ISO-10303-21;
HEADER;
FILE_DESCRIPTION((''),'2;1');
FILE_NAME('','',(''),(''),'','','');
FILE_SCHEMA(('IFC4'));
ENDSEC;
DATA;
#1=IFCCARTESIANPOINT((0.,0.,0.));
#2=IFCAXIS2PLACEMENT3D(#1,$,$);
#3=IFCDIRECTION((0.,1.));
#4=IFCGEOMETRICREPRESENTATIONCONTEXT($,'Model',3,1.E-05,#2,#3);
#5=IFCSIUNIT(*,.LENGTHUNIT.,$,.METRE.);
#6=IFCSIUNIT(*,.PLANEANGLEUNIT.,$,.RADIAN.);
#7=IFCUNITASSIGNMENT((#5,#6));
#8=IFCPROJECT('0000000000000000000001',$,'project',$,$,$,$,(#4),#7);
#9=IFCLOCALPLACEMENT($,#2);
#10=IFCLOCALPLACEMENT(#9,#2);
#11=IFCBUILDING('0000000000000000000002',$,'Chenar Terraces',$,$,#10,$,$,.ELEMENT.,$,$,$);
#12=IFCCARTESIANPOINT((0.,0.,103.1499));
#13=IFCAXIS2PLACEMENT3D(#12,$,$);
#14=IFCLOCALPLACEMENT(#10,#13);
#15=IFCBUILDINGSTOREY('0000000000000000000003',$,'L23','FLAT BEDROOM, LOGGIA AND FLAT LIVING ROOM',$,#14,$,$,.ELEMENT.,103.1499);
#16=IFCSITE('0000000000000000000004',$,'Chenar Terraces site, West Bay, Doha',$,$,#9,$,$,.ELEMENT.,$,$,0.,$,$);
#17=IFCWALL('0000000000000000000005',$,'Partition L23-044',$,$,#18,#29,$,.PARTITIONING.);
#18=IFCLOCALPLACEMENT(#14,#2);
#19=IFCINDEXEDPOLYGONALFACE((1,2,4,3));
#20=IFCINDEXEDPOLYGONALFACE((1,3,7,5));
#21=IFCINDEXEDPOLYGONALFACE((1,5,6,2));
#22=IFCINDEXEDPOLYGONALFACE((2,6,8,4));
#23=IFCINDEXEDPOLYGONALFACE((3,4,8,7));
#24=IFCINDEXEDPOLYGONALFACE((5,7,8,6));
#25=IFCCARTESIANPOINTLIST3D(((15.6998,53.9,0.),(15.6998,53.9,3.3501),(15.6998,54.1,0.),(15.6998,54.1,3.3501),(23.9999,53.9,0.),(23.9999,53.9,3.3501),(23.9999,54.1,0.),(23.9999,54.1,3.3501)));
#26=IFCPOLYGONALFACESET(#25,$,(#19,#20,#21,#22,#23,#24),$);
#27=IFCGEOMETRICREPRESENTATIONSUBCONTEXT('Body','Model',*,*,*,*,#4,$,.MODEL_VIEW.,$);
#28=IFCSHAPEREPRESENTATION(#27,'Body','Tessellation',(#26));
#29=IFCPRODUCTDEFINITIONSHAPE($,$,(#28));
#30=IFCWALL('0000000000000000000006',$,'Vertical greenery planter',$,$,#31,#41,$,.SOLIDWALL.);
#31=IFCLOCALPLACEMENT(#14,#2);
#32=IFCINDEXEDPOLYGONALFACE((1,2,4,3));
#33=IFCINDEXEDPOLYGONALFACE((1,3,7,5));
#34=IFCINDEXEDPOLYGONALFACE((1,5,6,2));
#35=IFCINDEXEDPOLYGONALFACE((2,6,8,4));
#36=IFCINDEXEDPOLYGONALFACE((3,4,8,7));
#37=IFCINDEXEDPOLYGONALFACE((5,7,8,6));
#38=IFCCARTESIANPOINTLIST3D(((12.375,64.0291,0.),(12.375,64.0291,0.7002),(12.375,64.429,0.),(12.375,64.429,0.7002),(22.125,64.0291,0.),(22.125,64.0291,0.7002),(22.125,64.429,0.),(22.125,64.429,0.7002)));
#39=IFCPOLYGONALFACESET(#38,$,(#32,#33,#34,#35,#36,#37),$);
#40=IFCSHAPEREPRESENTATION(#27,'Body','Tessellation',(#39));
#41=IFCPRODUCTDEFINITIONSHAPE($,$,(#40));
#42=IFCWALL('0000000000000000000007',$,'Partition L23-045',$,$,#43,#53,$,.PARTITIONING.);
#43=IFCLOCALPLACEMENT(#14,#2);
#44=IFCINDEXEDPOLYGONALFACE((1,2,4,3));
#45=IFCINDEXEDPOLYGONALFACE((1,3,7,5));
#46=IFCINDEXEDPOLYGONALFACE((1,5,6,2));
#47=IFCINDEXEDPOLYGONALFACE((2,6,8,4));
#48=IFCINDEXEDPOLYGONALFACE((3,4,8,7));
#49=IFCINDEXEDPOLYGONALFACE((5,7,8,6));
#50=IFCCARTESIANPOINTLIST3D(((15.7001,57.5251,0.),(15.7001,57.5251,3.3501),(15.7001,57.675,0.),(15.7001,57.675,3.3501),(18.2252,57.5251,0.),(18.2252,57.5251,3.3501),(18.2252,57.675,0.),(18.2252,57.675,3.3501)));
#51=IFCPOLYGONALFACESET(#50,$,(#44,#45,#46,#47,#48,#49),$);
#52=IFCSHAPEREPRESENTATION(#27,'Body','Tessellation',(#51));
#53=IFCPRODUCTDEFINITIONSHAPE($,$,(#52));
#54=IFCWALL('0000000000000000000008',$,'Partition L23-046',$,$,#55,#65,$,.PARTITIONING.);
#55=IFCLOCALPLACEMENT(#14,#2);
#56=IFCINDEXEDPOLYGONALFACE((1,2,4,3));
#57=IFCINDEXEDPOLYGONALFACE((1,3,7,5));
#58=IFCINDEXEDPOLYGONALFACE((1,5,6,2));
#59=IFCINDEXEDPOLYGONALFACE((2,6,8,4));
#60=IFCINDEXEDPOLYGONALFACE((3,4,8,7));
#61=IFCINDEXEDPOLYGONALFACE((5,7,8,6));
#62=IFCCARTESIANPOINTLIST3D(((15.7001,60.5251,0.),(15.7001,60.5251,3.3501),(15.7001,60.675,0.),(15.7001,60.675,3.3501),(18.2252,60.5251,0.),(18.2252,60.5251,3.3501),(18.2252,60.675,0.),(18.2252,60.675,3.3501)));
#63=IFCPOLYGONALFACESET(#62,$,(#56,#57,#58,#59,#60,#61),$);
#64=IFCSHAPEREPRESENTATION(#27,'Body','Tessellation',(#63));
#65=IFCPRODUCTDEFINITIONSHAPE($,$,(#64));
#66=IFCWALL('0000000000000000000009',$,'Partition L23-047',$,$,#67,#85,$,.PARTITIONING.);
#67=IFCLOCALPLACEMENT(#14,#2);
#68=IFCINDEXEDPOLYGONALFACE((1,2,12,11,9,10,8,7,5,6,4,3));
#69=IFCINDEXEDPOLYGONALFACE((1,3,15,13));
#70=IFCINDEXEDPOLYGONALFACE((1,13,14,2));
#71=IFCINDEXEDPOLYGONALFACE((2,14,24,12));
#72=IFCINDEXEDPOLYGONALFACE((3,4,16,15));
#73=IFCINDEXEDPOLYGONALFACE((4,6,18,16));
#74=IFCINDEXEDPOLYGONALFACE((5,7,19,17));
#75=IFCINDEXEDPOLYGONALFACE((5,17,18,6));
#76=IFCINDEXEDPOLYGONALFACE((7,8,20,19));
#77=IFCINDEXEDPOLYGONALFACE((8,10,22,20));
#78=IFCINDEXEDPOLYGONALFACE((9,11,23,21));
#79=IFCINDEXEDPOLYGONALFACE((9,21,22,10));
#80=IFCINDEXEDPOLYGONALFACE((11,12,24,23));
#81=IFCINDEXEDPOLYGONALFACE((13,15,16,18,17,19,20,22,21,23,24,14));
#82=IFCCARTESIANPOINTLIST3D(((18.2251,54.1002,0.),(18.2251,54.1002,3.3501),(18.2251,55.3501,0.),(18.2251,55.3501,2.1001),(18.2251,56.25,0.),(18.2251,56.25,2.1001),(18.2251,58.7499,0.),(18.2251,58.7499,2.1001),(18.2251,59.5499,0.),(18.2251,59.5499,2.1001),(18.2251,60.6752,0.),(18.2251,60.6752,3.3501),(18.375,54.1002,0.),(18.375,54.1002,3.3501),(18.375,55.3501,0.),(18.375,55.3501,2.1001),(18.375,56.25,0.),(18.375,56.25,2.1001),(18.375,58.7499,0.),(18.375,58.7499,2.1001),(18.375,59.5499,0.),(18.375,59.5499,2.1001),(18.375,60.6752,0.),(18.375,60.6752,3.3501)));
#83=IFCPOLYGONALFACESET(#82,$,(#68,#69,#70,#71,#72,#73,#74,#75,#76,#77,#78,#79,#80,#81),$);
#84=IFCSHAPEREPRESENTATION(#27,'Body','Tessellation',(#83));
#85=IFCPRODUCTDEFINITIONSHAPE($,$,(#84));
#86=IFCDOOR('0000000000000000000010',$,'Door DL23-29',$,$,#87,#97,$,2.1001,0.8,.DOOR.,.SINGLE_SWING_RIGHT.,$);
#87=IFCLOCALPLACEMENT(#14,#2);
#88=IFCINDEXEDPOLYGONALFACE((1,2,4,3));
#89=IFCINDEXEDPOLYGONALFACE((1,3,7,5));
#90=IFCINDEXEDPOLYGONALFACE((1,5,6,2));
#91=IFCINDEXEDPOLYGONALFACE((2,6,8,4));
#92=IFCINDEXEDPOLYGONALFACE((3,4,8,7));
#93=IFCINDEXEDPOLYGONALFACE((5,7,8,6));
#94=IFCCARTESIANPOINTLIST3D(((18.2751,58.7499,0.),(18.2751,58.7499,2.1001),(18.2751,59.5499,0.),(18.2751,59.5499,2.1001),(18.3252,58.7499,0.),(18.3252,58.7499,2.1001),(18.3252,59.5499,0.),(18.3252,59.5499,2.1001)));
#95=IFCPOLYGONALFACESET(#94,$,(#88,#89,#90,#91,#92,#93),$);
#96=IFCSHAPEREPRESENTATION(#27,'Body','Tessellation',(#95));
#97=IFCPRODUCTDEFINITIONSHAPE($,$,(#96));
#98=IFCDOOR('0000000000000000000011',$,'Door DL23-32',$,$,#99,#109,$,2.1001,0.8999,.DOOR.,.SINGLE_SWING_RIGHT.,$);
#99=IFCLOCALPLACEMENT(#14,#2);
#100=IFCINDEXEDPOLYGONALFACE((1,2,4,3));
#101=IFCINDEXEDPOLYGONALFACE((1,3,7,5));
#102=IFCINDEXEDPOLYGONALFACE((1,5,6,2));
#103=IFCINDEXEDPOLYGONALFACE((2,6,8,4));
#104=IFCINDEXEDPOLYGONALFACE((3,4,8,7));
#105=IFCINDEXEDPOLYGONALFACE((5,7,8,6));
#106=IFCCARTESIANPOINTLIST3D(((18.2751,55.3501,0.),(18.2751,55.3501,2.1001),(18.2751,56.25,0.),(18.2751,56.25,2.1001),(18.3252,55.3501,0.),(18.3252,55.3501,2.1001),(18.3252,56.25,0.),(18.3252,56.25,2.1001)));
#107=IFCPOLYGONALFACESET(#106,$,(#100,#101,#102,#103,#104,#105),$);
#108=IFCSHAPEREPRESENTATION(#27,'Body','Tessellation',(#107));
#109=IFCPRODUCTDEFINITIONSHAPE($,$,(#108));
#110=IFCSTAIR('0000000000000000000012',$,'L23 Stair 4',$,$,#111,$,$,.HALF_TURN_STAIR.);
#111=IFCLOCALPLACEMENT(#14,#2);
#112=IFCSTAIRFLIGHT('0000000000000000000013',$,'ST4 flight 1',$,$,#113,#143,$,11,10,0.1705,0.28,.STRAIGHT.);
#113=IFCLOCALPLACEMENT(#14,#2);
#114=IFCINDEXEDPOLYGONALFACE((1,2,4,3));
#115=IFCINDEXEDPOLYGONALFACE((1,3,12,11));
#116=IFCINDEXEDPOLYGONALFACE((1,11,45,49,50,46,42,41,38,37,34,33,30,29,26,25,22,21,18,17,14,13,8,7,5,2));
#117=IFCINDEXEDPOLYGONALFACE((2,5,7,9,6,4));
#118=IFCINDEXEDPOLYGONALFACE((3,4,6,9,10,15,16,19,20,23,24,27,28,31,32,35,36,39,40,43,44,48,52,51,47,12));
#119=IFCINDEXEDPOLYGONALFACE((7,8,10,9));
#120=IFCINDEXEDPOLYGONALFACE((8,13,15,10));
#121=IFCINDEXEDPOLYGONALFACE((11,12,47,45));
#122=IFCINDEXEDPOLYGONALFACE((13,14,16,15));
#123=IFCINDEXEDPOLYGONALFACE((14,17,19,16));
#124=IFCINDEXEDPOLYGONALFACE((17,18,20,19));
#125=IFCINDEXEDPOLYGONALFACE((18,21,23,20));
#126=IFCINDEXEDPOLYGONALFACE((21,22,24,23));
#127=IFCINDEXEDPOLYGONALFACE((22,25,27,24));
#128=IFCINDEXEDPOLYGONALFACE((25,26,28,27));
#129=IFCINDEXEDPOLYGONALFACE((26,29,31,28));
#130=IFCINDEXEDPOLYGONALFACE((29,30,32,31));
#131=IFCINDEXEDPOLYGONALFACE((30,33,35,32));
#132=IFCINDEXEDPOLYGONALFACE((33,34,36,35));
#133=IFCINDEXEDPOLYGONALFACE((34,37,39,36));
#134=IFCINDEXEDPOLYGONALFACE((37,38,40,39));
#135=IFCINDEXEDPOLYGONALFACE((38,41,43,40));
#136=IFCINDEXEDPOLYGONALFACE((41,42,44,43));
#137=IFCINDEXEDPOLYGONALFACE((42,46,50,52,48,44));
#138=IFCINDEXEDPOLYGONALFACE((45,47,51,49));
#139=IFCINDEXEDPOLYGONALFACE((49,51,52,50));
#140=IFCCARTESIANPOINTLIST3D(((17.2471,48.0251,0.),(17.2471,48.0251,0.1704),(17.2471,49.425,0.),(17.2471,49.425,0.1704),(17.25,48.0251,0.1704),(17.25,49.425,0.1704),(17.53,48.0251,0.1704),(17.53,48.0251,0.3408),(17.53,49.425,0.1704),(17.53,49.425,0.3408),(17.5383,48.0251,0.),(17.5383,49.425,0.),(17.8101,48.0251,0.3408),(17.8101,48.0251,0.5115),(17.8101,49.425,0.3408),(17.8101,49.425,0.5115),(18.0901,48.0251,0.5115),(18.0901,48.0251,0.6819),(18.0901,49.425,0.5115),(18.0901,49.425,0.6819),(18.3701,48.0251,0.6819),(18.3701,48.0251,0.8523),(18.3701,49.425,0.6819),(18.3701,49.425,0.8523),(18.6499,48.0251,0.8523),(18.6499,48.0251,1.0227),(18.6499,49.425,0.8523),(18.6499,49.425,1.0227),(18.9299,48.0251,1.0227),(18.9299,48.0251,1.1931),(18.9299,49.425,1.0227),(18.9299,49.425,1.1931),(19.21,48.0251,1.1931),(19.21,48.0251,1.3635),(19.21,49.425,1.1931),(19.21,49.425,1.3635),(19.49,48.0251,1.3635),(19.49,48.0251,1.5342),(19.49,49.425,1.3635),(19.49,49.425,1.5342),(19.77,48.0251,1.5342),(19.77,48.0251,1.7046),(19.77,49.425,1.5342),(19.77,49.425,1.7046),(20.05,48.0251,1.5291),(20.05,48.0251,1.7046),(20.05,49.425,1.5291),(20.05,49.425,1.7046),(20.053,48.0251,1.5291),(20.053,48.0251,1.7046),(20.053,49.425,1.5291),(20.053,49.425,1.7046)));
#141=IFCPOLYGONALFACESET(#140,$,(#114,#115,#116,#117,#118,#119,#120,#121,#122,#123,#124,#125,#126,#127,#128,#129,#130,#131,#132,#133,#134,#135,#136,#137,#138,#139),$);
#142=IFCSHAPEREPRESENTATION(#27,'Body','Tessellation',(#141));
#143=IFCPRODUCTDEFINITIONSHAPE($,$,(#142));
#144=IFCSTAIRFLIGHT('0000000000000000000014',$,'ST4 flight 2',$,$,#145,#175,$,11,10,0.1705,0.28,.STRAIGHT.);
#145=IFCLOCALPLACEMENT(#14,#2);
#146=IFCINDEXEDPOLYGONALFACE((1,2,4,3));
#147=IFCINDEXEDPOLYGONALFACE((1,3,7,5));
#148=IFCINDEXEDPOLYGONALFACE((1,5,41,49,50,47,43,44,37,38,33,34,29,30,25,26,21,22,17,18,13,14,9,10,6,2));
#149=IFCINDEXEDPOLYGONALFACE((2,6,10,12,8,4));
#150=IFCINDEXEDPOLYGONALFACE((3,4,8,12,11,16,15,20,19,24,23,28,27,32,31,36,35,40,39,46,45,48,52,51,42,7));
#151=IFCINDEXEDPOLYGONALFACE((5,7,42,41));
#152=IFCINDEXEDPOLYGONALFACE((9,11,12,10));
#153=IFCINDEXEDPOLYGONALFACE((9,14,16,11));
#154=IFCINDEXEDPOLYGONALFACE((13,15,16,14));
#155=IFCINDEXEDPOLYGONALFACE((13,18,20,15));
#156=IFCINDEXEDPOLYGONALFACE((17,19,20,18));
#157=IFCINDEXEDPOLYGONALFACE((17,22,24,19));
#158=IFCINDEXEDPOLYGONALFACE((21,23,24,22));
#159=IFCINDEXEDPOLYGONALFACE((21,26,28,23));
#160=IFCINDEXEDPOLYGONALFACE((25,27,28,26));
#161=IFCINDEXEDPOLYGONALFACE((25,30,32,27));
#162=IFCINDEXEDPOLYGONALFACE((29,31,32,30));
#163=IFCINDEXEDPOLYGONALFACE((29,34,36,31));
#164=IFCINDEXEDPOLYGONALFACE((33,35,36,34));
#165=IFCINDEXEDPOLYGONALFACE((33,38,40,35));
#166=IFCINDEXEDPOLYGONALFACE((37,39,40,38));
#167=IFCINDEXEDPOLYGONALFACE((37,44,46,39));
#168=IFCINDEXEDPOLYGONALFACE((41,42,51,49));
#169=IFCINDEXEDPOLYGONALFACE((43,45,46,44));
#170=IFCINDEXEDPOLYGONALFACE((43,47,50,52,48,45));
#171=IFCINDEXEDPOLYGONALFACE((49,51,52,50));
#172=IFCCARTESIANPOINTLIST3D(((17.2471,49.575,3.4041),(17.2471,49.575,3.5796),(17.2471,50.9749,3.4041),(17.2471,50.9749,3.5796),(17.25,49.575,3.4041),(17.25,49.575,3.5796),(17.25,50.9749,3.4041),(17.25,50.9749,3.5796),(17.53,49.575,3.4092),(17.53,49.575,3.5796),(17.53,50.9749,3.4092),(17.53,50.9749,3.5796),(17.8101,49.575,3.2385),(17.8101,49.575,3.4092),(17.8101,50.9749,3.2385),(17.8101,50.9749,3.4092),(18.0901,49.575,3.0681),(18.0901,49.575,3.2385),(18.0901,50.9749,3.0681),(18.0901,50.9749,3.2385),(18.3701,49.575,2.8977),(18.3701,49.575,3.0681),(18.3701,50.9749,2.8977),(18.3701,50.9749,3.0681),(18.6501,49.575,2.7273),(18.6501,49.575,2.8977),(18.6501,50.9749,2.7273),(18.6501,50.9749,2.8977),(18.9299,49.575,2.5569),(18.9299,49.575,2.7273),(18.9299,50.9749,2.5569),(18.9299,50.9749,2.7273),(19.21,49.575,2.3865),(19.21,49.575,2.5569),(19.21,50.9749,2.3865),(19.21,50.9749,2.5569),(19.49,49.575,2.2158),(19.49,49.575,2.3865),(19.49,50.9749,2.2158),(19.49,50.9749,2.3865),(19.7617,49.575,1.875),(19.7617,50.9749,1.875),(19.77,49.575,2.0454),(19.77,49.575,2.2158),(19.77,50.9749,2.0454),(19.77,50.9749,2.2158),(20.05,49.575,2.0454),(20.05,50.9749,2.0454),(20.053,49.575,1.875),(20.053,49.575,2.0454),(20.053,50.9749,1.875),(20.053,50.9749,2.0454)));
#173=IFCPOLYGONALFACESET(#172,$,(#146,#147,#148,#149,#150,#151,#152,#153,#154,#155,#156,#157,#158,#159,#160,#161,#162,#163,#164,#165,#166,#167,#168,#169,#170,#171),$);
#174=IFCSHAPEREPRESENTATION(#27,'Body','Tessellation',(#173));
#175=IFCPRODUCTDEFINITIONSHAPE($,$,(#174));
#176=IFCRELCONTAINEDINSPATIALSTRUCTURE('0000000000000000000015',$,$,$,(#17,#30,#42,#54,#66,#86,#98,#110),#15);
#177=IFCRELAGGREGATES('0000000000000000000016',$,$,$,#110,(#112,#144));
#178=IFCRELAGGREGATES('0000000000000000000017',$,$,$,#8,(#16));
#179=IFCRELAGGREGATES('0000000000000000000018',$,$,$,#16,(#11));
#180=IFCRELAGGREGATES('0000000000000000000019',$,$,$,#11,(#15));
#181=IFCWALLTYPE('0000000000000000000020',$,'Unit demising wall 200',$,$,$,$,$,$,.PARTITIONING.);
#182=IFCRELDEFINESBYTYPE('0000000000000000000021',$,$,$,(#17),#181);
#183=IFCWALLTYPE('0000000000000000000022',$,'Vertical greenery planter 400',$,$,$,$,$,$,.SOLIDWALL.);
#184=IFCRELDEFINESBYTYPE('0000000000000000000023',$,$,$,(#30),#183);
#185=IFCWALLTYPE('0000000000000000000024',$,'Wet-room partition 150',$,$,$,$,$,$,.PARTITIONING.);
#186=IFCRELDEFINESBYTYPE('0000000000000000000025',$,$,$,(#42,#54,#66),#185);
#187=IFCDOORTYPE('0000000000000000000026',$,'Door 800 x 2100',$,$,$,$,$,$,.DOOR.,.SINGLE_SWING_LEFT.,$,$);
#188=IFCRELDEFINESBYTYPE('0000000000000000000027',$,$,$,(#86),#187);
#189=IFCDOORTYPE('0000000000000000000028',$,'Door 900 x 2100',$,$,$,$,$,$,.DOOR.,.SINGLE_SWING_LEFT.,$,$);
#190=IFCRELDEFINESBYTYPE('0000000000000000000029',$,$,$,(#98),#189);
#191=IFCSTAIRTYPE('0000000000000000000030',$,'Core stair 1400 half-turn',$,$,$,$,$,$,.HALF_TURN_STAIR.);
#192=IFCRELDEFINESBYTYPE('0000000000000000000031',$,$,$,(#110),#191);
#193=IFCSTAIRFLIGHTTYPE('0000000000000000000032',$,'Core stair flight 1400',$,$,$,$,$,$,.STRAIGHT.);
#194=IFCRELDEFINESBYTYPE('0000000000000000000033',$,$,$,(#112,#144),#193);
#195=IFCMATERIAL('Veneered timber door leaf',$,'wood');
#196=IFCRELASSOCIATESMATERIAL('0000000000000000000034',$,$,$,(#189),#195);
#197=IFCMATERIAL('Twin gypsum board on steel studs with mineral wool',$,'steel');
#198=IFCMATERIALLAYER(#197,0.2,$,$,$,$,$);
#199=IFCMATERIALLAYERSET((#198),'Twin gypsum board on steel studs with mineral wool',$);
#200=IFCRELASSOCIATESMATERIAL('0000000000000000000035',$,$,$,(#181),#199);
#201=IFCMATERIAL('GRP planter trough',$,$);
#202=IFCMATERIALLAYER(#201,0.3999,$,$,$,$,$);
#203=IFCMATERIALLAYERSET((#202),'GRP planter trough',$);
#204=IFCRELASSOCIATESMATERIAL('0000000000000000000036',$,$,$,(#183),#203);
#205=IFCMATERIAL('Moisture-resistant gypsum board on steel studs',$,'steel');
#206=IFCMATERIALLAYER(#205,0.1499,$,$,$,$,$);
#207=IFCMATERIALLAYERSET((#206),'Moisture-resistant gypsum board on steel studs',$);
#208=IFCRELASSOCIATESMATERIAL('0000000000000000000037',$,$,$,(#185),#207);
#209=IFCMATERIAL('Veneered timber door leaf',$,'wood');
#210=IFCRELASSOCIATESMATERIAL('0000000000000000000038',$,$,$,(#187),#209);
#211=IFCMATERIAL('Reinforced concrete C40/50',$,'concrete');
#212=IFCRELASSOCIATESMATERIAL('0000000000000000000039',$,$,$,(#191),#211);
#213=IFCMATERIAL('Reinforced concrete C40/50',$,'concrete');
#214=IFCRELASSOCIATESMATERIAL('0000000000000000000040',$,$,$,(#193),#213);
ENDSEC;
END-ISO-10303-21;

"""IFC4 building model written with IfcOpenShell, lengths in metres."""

from ifc_helpers import new_model, si_unit, direction, frame, frame_2d, origin, place, context, subcontext, project, spatial, polyline, rectangle, outline, extrude, material, layer, layer_set, type_object, element, fill, aggregate, save


model = new_model("IFC4")

# Units and contexts
model_context = context("Model", 3, precision=1e-05, world=origin(), true_north=direction((0.0, 1.0)))
body_context = subcontext(model_context, "Body", "Model", "MODEL_VIEW")
ifc_project = project(units=[si_unit("LENGTHUNIT", "METRE"), si_unit("PLANEANGLEUNIT", "RADIAN")], contexts=[model_context])

# Site, building, storey
site_placement = place(None, origin())
site = spatial("IfcSite", under=ifc_project, at=site_placement, Name="Chenar Terraces site, West Bay, Doha", CompositionType="ELEMENT", RefElevation=0.0)
building_placement = place(site_placement, origin())
building = spatial("IfcBuilding", under=site, at=building_placement, Name="Chenar Terraces", CompositionType="ELEMENT")
storey_placement = place(building_placement, frame((0.0, 0.0, 103.1499)))
storey = spatial("IfcBuildingStorey", under=building, at=storey_placement, Name="L23", Description="FLAT BEDROOM, LOGGIA AND FLAT LIVING ROOM", CompositionType="ELEMENT", Elevation=103.1499)

# Shared definitions
ifc_material_1 = material(Name="Veneered timber door leaf", Category="wood")
door_type_1 = type_object("IfcDoorType", Name="Door 900 x 2100", OperationType="SINGLE_SWING_LEFT", PredefinedType="DOOR", material=ifc_material_1)

# Walls
ifc_material_2 = material(Name="Twin gypsum board on steel studs with mineral wool", Category="steel")
ifc_layer_1 = layer(ifc_material_2, 0.2)
ifc_layer_set_1 = layer_set([ifc_layer_1], Name="Twin gypsum board on steel studs with mineral wool")
wall_type_1 = type_object("IfcWallType", Name="Unit demising wall 200", PredefinedType="PARTITIONING", material=ifc_layer_set_1)
wall_1_placement = place(storey_placement, frame((15.7, 54.0, 0.0), z_axis=(0.0, 0.0, 1.0), x_axis=(1.0, 0.0, 0.0)))
element("IfcWall", 1, at=wall_1_placement, inside=storey, type_object=wall_type_1, Name="Partition L23-044", PredefinedType="PARTITIONING", context=body_context, shape_type="SweptSolid", body=[
    extrude(rectangle(XDim=8.3, YDim=0.2, at=frame_2d((4.1499, 0.0))), origin(), (0.0, 0.0, 1.0), 3.3501),
])
ifc_material_3 = material(Name="GRP planter trough")
ifc_layer_2 = layer(ifc_material_3, 0.3999)
ifc_layer_set_2 = layer_set([ifc_layer_2], Name="GRP planter trough")
wall_type_2 = type_object("IfcWallType", Name="Vertical greenery planter 400", PredefinedType="SOLIDWALL", material=ifc_layer_set_2)
wall_2_placement = place(storey_placement, frame((22.125, 64.229, 0.0), z_axis=(0.0, 0.0, 1.0), x_axis=(-1.0, 0.0, 0.0)))
element("IfcWall", 2, at=wall_2_placement, inside=storey, type_object=wall_type_2, Name="Vertical greenery planter", PredefinedType="SOLIDWALL", context=body_context, shape_type="SweptSolid", body=[
    extrude(rectangle(XDim=9.75, YDim=0.3999, at=frame_2d((4.875, 0.0))), origin(), (0.0, 0.0, 1.0), 0.7002),
])
ifc_material_4 = material(Name="Moisture-resistant gypsum board on steel studs", Category="steel")
ifc_layer_3 = layer(ifc_material_4, 0.1499)
ifc_layer_set_3 = layer_set([ifc_layer_3], Name="Moisture-resistant gypsum board on steel studs")
wall_type_3 = type_object("IfcWallType", Name="Wet-room partition 150", PredefinedType="PARTITIONING", material=ifc_layer_set_3)
for number, where, z_axis, x_axis, name in (
    (3, (15.7, 57.6001, 0.0), (0.0, 0.0, 1.0), (1.0, 0.0, 0.0), "Partition L23-045"),
    (4, (15.7, 60.6001, 0.0), (0.0, 0.0, 1.0), (1.0, 0.0, 0.0), "Partition L23-046"),
):
    element("IfcWall", number, at=place(storey_placement, frame(where, z_axis=z_axis, x_axis=x_axis)), inside=storey, type_object=wall_type_3, Name=name, PredefinedType="PARTITIONING", context=body_context, shape_type="SweptSolid", body=[
        extrude(rectangle(XDim=2.5251, YDim=0.1499, at=frame_2d((1.2627, 0.0))), origin(), (0.0, 0.0, 1.0), 3.3501),
    ])

# Wall, openings, doors
wall_3_placement = place(storey_placement, frame((18.3, 54.1001, 0.0), z_axis=(0.0, 0.0, 1.0), x_axis=(0.0, 1.0, 0.0)))
wall_3 = element("IfcWall", 5, at=wall_3_placement, inside=storey, type_object=wall_type_3, Name="Partition L23-047", PredefinedType="PARTITIONING", context=body_context, shape_type="SweptSolid", body=[
    extrude(rectangle(XDim=6.575, YDim=0.1499, at=frame_2d((3.2876, 0.0))), origin(), (0.0, 0.0, 1.0), 3.3501),
])
opening_1_placement = place(wall_3_placement, frame((4.6499, 0.0, 0.0)))
opening_1 = element("IfcOpeningElement", 6, at=opening_1_placement, cuts=wall_3, PredefinedType="OPENING", context=body_context, shape_type="SweptSolid", body=[
    extrude(rectangle(XDim=0.8, YDim=2.1001, at=frame_2d((0.3999, 1.05))), frame((0.0, 0.085, 0.0), z_axis=(0.0, -1.0, 0.0), x_axis=(1.0, 0.0, 0.0)), (0.0, 0.0, 1.0), 0.1699),
])
opening_2_placement = place(wall_3_placement, frame((1.25, 0.0, 0.0)))
opening_2 = element("IfcOpeningElement", 7, at=opening_2_placement, cuts=wall_3, PredefinedType="OPENING", context=body_context, shape_type="SweptSolid", body=[
    extrude(rectangle(XDim=0.8999, YDim=2.1001, at=frame_2d((0.45, 1.05))), frame((0.0, 0.085, 0.0), z_axis=(0.0, -1.0, 0.0), x_axis=(1.0, 0.0, 0.0)), (0.0, 0.0, 1.0), 0.1699),
])
ifc_material_5 = material(Name="Veneered timber door leaf", Category="wood")
door_type_2 = type_object("IfcDoorType", Name="Door 800 x 2100", OperationType="SINGLE_SWING_LEFT", PredefinedType="DOOR", material=ifc_material_5)
door_1_placement = place(opening_1_placement, origin())
door_1 = element("IfcDoor", 8, at=door_1_placement, inside=storey, type_object=door_type_2, Name="Door DL23-29", OperationType="SINGLE_SWING_RIGHT", OverallHeight=2.1001, OverallWidth=0.8, PredefinedType="DOOR", context=body_context, shape_type="SweptSolid", body=[
    extrude(rectangle(XDim=0.8, YDim=2.1001, at=frame_2d((0.3999, 1.05))), frame((0.0, 0.0249, 0.0), z_axis=(0.0, -1.0, 0.0), x_axis=(1.0, 0.0, 0.0)), (0.0, 0.0, 1.0), 0.05),
])
fill(opening_1, door_1)
door_2_placement = place(opening_2_placement, origin())
door_2 = element("IfcDoor", 9, at=door_2_placement, inside=storey, type_object=door_type_1, Name="Door DL23-32", OperationType="SINGLE_SWING_RIGHT", OverallHeight=2.1001, OverallWidth=0.8999, PredefinedType="DOOR", context=body_context, shape_type="SweptSolid", body=[
    extrude(rectangle(XDim=0.8999, YDim=2.1001, at=frame_2d((0.45, 1.05))), frame((0.0, 0.0249, 0.0), z_axis=(0.0, -1.0, 0.0), x_axis=(1.0, 0.0, 0.0)), (0.0, 0.0, 1.0), 0.05),
])
fill(opening_2, door_2)

# Stair, stair flights
ifc_material_6 = material(Name="Reinforced concrete C40/50", Category="concrete")
stair_type = type_object("IfcStairType", Name="Core stair 1400 half-turn", PredefinedType="HALF_TURN_STAIR", material=ifc_material_6)
stair_placement = place(storey_placement, origin())
stair = element("IfcStair", 10, at=stair_placement, inside=storey, type_object=stair_type, Name="L23 Stair 4", PredefinedType="HALF_TURN_STAIR")
ifc_material_7 = material(Name="Reinforced concrete C40/50", Category="concrete")
stair_flight_type = type_object("IfcStairFlightType", Name="Core stair flight 1400", PredefinedType="STRAIGHT", material=ifc_material_7)
stair_flight_1_placement = place(storey_placement, frame((17.25, 48.7251, 0.0), z_axis=(0.0, 0.0, 1.0), x_axis=(1.0, 0.0, 0.0)))
stair_flight_1 = element("IfcStairFlight", 11, at=stair_flight_1_placement, type_object=stair_flight_type, Name="ST4 flight 1", NumberOfRisers=11, NumberOfTreads=10, PredefinedType="STRAIGHT", RiserHeight=0.1705, TreadLength=0.28, context=body_context, shape_type="SweptSolid", body=[
    extrude(outline(polyline([(-0.0029, 0.0), (-0.0029, 0.1704), (0.0, 0.1704), (0.28, 0.1704), (0.28, 0.3408), (0.5601, 0.3408), (0.5601, 0.5115), (0.8401, 0.5115), (0.8401, 0.6819), (1.1201, 0.6819), (1.1201, 0.8523), (1.3999, 0.8523), (1.3999, 1.0227), (1.6799, 1.0227), (1.6799, 1.1931), (1.96, 1.1931), (1.96, 1.3635), (2.24, 1.3635), (2.24, 1.5342), (2.52, 1.5342), (2.52, 1.7046), (2.8, 1.7046), (2.803, 1.7046), (2.803, 1.5291), (2.8, 1.5291), (0.2883, 0.0), (-0.0029, 0.0)])), frame((0.0, 0.7, 0.0), z_axis=(0.0, -1.0, 0.0), x_axis=(1.0, 0.0, 0.0)), (0.0, 0.0, 1.0), 1.3999),
])
stair_flight_2_placement = place(storey_placement, frame((20.05, 50.2749, 1.875), z_axis=(0.0, 0.0, 1.0), x_axis=(-1.0, 0.0, 0.0)))
stair_flight_2 = element("IfcStairFlight", 12, at=stair_flight_2_placement, type_object=stair_flight_type, Name="ST4 flight 2", NumberOfRisers=11, NumberOfTreads=10, PredefinedType="STRAIGHT", RiserHeight=0.1705, TreadLength=0.28, context=body_context, shape_type="SweptSolid", body=[
    extrude(outline(polyline([(-0.0029, 0.0), (-0.0029, 0.1704), (0.0, 0.1704), (0.28, 0.1704), (0.28, 0.3408), (0.5601, 0.3408), (0.5601, 0.5115), (0.8401, 0.5115), (0.8401, 0.6819), (1.1201, 0.6819), (1.1201, 0.8523), (1.3999, 0.8523), (1.3999, 1.0227), (1.6799, 1.0227), (1.6799, 1.1931), (1.96, 1.1931), (1.96, 1.3635), (2.24, 1.3635), (2.24, 1.5342), (2.52, 1.5342), (2.52, 1.7046), (2.8, 1.7046), (2.803, 1.7046), (2.803, 1.5291), (2.8, 1.5291), (0.2883, 0.0), (-0.0029, 0.0)])), frame((0.0, 0.7, 0.0), z_axis=(0.0, -1.0, 0.0), x_axis=(1.0, 0.0, 0.0)), (0.0, 0.0, 1.0), 1.3999),
])
aggregate(stair, [stair_flight_1, stair_flight_2])

save(model, "model.ifc")
